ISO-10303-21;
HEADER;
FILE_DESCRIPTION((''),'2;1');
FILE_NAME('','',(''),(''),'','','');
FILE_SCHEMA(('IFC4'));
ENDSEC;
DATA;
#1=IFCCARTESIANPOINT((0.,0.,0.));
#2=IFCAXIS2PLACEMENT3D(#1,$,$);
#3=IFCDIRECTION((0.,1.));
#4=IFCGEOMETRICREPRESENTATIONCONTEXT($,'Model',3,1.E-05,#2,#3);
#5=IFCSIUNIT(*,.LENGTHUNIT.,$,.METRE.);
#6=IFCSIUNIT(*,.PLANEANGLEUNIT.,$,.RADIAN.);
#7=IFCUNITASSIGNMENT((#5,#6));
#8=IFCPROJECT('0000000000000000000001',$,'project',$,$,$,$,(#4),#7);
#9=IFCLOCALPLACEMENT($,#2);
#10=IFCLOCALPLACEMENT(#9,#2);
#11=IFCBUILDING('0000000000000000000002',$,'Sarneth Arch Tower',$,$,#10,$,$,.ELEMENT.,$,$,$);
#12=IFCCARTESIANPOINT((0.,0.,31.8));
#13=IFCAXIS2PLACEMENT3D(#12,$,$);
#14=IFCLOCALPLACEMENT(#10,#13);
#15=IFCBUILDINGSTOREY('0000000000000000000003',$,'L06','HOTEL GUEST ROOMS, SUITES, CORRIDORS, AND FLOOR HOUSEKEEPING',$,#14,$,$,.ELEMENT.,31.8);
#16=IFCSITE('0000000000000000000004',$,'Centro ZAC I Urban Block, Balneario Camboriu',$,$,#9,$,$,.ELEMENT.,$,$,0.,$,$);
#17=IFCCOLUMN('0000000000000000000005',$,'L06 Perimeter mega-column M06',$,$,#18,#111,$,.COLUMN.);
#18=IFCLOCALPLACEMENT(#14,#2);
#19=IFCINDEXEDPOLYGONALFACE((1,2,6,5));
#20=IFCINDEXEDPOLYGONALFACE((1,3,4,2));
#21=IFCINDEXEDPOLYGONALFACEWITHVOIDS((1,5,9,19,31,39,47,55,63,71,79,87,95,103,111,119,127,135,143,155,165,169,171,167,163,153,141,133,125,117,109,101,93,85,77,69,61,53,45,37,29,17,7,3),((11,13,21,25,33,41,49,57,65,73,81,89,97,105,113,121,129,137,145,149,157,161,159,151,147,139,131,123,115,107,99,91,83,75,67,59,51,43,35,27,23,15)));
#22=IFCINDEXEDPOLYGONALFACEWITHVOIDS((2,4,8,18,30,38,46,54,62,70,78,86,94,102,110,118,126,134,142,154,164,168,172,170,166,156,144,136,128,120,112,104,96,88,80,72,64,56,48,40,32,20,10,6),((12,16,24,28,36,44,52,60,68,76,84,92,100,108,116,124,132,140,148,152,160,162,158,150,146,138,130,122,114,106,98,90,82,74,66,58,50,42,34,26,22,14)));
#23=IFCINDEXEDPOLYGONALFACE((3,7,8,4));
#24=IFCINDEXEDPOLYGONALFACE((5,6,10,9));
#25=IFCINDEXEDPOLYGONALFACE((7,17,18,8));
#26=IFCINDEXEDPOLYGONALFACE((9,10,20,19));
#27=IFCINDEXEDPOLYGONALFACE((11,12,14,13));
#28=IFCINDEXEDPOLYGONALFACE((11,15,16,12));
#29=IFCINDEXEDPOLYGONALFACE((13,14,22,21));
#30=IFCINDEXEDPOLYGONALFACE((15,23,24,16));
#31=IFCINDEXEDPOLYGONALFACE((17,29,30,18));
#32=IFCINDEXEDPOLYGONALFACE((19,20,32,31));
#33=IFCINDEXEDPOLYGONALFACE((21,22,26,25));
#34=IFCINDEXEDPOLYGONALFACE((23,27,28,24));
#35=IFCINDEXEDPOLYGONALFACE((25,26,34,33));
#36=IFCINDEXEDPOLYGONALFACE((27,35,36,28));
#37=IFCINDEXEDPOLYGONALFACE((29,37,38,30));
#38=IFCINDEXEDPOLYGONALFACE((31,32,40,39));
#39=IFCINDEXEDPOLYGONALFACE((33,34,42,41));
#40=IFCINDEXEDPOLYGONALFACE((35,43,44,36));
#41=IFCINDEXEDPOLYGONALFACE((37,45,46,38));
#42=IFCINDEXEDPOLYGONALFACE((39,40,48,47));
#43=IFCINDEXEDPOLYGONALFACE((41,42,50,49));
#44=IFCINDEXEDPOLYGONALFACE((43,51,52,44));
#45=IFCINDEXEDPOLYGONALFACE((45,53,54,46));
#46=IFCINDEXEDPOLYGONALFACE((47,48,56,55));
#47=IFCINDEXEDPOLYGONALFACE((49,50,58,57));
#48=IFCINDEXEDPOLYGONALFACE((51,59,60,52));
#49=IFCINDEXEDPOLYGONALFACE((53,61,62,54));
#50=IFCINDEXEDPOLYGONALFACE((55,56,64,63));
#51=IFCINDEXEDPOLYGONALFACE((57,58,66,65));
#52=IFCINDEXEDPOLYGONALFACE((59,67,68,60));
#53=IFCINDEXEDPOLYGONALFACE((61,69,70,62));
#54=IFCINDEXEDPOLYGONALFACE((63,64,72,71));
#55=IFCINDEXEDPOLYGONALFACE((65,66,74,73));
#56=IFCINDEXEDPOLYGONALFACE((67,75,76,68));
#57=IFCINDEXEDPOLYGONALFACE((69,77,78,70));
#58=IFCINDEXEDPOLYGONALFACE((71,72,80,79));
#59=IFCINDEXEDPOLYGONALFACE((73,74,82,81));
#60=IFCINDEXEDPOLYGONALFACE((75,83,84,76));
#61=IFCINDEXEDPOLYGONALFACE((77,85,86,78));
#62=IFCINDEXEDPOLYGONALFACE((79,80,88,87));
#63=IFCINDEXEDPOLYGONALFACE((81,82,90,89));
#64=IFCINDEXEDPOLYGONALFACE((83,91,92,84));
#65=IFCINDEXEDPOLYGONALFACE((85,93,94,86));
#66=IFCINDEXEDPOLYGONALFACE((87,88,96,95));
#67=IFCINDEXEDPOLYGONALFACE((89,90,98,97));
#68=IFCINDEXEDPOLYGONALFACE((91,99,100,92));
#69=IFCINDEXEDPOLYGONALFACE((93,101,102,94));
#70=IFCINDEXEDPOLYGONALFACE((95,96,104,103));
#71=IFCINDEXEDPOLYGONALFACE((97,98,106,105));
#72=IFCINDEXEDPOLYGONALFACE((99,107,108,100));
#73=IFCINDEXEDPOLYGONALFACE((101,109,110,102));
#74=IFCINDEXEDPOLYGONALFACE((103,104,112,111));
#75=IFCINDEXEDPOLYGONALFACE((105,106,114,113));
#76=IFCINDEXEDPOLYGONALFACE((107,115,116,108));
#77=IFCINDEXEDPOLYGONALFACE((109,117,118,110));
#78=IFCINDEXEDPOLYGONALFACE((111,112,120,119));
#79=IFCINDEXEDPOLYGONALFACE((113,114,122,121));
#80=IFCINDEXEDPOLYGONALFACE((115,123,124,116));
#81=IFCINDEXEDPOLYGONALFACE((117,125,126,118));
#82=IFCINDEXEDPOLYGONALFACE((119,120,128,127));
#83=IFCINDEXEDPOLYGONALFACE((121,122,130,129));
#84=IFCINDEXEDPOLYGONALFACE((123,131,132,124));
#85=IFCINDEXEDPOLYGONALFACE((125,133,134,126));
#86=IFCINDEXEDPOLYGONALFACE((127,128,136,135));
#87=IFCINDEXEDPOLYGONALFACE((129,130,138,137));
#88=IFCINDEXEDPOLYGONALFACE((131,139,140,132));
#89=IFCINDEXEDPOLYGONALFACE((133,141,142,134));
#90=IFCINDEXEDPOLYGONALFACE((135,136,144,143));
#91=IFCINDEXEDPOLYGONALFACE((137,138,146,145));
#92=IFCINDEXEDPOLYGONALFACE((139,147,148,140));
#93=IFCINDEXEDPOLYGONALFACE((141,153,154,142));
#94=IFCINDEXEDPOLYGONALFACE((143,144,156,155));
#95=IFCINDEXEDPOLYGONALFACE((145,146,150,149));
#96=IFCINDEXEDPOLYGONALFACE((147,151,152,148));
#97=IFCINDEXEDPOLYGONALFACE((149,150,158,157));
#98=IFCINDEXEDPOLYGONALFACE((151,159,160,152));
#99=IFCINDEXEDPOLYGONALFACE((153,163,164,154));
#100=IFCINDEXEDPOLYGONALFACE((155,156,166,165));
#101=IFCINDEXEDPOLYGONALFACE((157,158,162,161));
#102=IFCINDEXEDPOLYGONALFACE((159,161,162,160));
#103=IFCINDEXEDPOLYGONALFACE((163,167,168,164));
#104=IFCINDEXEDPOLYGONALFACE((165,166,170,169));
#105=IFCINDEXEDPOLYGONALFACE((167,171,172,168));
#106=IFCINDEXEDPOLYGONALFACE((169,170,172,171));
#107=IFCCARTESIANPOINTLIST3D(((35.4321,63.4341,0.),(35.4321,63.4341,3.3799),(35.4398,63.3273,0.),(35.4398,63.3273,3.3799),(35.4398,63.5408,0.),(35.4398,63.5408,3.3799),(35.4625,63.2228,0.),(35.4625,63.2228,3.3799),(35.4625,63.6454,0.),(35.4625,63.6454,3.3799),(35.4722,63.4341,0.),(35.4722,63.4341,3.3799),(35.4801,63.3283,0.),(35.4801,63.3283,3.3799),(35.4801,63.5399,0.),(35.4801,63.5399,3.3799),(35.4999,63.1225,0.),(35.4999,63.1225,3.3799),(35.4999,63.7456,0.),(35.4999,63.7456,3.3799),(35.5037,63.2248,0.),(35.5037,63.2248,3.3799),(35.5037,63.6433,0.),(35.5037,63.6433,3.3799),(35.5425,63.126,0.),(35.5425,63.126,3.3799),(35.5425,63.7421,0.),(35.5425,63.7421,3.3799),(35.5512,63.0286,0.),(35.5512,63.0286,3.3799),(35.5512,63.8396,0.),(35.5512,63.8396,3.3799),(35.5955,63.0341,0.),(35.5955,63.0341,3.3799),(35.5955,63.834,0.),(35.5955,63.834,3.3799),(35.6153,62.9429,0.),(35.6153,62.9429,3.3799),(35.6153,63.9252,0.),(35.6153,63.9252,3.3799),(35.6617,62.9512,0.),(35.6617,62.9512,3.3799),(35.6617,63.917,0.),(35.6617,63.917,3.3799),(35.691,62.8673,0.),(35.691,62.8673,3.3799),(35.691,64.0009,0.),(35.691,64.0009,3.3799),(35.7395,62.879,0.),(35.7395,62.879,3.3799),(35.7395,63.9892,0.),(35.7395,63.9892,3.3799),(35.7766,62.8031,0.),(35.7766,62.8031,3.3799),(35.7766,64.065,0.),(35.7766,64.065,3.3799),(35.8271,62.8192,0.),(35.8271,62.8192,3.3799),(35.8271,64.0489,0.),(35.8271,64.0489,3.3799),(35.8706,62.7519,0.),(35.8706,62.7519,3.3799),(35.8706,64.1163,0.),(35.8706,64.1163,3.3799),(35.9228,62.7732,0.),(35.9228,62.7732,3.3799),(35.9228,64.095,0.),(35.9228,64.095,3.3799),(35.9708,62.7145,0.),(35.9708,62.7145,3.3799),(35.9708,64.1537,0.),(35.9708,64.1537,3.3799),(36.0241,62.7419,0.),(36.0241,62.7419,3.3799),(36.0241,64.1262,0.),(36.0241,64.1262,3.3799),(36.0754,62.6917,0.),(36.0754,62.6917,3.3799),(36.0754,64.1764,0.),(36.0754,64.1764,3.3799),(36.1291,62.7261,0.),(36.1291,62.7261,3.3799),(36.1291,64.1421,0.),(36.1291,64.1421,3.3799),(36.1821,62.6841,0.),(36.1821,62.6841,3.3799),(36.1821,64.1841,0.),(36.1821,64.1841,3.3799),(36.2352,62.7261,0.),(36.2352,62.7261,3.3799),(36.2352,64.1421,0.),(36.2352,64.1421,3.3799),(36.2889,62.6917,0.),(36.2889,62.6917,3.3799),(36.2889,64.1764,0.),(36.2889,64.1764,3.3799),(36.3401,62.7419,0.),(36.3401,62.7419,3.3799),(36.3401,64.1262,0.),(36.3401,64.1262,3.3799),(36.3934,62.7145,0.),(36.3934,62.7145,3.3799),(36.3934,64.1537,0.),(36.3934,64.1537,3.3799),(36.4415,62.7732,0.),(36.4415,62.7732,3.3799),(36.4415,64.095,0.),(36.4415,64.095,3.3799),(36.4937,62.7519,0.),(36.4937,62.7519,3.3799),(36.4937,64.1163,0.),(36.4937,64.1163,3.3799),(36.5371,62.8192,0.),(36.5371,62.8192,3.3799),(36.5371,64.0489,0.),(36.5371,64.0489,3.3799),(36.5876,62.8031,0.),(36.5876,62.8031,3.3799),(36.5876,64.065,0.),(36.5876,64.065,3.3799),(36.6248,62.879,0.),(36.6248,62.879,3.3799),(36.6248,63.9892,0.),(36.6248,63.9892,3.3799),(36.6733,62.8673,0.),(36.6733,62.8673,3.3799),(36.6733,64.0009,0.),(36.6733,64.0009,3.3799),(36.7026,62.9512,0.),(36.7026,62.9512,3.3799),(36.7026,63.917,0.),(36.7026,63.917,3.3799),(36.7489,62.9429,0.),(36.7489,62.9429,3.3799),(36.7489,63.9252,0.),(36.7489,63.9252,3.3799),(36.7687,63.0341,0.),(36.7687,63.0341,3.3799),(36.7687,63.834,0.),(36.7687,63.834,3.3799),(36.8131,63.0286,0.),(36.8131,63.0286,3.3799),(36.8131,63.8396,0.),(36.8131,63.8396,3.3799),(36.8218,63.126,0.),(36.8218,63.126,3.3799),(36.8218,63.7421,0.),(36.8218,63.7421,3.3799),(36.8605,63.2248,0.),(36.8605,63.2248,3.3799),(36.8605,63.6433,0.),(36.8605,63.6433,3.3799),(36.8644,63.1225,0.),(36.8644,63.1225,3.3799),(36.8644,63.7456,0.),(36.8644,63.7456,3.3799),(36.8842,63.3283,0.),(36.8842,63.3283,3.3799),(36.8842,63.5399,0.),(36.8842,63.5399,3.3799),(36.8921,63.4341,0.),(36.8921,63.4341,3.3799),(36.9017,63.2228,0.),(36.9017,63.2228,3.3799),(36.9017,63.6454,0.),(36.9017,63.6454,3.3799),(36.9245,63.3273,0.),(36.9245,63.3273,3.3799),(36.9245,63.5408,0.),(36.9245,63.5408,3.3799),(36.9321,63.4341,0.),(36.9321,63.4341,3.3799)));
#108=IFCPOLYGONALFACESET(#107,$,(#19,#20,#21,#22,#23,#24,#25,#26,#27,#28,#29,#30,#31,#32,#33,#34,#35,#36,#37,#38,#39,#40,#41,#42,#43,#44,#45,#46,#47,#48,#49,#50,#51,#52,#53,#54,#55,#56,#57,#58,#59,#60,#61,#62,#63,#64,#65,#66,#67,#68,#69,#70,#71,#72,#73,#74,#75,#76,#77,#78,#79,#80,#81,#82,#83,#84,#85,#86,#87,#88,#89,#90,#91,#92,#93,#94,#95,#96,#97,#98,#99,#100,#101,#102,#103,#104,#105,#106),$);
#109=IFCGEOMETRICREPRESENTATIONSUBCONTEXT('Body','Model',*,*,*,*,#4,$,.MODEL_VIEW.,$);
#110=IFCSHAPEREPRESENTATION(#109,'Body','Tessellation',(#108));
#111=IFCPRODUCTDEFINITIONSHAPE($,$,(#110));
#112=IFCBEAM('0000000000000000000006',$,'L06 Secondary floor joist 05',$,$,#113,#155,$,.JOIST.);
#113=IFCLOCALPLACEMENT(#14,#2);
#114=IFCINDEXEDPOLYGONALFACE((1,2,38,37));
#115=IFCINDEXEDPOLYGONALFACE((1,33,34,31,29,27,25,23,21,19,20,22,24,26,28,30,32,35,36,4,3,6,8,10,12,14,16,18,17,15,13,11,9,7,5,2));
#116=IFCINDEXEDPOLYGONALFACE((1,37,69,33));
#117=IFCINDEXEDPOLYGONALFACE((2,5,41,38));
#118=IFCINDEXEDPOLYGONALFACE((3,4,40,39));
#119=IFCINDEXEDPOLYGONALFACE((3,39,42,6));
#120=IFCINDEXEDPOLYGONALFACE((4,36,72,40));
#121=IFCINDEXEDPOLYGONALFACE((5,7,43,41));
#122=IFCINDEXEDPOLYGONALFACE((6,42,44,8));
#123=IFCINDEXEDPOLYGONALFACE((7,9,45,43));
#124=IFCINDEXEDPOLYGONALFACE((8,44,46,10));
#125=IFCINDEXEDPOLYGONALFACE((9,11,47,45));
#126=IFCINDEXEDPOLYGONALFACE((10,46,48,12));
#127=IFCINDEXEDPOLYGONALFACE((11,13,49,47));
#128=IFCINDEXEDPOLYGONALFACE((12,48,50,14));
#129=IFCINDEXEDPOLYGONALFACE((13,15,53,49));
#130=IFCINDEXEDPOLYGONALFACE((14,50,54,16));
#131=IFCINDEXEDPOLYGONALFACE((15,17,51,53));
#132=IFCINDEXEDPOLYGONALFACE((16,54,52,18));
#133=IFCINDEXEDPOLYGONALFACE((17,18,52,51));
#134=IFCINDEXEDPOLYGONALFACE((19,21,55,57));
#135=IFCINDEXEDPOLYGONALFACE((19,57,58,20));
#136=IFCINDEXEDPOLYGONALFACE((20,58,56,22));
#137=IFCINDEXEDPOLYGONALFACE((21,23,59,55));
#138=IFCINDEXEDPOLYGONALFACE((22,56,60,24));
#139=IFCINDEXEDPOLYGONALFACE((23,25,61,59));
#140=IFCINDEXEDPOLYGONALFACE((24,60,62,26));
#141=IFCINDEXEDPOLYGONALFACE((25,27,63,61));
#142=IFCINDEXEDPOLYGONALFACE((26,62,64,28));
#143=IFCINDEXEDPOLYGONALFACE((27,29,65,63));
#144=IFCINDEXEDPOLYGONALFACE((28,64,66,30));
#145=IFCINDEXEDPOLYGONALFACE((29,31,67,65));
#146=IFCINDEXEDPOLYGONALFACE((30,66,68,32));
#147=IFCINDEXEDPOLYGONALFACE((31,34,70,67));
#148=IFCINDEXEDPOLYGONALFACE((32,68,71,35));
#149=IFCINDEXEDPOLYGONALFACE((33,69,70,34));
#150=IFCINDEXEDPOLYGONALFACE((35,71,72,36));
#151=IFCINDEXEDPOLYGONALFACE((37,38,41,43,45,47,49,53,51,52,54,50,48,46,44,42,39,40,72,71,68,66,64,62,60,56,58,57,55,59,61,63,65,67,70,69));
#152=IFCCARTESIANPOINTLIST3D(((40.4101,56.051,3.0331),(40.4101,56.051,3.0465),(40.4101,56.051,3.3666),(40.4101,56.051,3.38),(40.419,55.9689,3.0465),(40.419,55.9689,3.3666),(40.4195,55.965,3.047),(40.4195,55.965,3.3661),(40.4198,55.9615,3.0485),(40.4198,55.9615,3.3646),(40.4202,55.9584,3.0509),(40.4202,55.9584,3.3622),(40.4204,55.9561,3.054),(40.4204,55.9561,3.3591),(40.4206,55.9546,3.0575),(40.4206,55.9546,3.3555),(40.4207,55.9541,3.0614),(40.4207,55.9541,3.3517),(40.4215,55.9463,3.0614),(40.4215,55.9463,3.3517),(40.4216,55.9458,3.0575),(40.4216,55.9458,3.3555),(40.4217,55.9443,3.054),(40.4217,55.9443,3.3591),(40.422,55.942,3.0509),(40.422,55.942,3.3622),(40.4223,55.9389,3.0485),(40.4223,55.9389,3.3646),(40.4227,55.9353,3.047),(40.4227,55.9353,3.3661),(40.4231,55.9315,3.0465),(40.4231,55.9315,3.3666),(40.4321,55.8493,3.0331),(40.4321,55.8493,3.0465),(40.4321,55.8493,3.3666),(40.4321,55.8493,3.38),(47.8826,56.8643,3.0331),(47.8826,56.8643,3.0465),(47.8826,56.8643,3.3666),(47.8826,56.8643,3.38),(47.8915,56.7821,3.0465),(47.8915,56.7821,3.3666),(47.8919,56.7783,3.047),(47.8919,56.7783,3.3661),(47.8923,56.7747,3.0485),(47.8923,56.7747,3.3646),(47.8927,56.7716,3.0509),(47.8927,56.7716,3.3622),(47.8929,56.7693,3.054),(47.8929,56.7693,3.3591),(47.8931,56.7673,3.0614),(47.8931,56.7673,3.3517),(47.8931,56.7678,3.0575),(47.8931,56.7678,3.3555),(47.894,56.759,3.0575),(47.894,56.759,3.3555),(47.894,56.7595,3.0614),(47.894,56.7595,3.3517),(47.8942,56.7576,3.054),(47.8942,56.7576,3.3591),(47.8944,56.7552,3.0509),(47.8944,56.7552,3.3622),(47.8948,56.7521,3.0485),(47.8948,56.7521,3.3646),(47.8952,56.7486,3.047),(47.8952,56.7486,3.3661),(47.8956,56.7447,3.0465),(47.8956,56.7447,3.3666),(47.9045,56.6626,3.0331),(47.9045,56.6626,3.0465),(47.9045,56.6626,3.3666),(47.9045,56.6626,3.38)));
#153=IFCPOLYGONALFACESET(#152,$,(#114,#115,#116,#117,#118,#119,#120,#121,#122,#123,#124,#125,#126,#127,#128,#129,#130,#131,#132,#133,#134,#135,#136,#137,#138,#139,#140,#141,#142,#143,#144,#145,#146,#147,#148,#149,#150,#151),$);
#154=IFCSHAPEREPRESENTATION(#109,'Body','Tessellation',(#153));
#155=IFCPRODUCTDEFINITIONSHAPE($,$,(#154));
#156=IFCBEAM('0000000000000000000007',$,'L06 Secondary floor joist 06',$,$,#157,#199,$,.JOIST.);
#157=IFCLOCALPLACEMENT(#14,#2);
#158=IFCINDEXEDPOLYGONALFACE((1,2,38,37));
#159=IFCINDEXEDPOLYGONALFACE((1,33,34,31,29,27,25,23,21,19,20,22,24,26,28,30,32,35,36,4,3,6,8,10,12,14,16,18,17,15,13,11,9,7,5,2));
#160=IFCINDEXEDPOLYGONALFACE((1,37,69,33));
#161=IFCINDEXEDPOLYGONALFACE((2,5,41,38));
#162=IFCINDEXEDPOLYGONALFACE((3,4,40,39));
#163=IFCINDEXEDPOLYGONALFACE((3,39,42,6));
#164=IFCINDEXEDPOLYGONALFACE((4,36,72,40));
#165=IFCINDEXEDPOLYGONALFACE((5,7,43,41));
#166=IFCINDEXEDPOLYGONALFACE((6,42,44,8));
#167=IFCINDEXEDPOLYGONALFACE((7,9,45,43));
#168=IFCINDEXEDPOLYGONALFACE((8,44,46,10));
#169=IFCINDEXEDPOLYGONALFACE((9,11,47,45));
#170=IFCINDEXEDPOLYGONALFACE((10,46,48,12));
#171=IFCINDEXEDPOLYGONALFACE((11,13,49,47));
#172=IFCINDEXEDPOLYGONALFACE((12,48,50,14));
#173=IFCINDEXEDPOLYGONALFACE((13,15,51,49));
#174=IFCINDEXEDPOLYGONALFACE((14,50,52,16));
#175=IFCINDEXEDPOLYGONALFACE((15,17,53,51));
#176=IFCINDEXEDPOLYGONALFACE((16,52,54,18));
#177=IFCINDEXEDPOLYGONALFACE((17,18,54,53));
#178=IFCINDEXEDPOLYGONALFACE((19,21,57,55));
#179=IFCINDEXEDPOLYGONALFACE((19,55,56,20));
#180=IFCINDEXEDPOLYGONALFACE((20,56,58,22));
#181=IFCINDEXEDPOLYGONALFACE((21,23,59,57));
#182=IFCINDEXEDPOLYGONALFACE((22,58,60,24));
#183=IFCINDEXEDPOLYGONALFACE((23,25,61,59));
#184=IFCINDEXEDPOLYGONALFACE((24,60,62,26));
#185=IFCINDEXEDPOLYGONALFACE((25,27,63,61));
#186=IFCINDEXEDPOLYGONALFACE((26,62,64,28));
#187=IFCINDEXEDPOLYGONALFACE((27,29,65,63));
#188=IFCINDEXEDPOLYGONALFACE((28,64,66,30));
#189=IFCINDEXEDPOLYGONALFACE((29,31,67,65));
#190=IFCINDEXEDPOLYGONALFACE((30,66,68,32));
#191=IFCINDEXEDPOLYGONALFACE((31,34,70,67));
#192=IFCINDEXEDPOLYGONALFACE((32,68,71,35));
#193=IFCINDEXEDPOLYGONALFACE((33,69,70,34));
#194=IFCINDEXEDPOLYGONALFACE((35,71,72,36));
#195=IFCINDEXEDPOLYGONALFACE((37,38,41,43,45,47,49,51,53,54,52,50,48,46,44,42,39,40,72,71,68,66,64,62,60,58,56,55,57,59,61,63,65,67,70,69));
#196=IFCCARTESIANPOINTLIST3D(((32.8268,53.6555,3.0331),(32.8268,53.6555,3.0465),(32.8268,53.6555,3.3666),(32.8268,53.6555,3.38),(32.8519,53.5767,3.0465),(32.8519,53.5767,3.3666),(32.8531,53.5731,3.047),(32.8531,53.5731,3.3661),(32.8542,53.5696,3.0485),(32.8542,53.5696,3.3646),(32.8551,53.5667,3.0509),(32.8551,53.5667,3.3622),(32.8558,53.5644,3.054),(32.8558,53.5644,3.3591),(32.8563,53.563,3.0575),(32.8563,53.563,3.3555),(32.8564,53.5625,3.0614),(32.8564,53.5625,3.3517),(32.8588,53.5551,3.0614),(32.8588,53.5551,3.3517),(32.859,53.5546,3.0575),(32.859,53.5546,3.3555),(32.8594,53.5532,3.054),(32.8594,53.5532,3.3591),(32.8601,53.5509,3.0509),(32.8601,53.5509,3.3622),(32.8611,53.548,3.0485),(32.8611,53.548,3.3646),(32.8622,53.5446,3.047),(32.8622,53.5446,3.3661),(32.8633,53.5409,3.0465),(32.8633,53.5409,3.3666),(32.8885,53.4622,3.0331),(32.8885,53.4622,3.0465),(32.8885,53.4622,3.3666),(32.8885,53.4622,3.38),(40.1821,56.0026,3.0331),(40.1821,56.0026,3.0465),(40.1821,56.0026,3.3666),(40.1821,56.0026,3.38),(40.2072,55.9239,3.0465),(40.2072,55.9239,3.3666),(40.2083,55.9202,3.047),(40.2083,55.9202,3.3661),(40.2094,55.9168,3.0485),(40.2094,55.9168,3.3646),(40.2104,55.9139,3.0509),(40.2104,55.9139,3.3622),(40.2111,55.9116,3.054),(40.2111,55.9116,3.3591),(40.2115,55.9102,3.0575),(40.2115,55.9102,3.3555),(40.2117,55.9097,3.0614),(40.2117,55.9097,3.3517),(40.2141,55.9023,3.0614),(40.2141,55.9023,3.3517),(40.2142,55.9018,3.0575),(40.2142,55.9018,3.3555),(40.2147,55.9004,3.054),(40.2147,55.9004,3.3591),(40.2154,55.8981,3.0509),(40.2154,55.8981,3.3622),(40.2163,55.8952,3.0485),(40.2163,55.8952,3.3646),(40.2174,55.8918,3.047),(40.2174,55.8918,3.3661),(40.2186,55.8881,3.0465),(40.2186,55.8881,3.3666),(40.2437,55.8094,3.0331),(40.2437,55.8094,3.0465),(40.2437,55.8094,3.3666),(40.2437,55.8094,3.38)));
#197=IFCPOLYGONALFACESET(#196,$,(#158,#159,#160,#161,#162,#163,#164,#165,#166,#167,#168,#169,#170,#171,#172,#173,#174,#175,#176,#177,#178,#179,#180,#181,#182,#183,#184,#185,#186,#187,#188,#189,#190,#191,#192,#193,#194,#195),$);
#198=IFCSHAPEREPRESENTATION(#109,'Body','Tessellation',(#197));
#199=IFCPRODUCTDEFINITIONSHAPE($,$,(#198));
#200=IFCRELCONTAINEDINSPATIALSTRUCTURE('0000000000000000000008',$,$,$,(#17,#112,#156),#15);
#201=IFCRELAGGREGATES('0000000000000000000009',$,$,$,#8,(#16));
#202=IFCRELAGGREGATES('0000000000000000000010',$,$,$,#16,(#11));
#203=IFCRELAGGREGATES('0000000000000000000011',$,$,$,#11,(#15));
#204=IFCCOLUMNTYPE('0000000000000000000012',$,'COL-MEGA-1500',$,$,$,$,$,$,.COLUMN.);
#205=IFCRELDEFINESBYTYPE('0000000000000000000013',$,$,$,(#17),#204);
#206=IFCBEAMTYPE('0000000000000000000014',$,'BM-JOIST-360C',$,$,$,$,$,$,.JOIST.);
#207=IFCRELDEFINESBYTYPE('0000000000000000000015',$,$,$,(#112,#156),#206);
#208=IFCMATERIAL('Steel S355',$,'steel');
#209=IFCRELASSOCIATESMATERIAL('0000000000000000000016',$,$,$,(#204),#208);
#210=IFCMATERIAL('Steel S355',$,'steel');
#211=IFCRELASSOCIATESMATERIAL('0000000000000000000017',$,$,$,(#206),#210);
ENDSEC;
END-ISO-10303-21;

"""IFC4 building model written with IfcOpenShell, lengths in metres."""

from ifc_helpers import new_model, si_unit, direction, frame, origin, origin_2d, place, context, subcontext, project, spatial, hollow_circle, i_section, extrude, material, material_profile, profile_set, type_object, element, save


model = new_model("IFC4")

# Units and contexts
model_context = context("Model", 3, precision=1e-05, world=origin(), true_north=direction((0.0, 1.0)))
body_context = subcontext(model_context, "Body", "Model", "MODEL_VIEW")
ifc_project = project(units=[si_unit("LENGTHUNIT", "METRE"), si_unit("PLANEANGLEUNIT", "RADIAN")], contexts=[model_context])

# Site, building, storey
site_placement = place(None, origin())
site = spatial("IfcSite", under=ifc_project, at=site_placement, Name="Centro ZAC I Urban Block, Balneario Camboriu", CompositionType="ELEMENT", RefElevation=0.0)
building_placement = place(site_placement, origin())
building = spatial("IfcBuilding", under=site, at=building_placement, Name="Sarneth Arch Tower", CompositionType="ELEMENT")
storey_placement = place(building_placement, frame((0.0, 0.0, 31.8)))
storey = spatial("IfcBuildingStorey", under=building, at=storey_placement, Name="L06", Description="HOTEL GUEST ROOMS, SUITES, CORRIDORS, AND FLOOR HOUSEKEEPING", CompositionType="ELEMENT", Elevation=31.8)

# Column
ifc_material_1 = material(Name="Steel S355", Category="steel")
ifc_material_profile_1 = material_profile(ifc_material_1, hollow_circle(Radius=0.75, WallThickness=0.04, at=origin_2d()), Name="CHS1500x40")
ifc_profile_set_1 = profile_set([ifc_material_profile_1], Name="Steel S355")
column_type = type_object("IfcColumnType", Name="COL-MEGA-1500", PredefinedType="COLUMN", material=ifc_profile_set_1)
column_placement = place(storey_placement, frame((36.1821, 63.4341, 0.0), z_axis=(0.0, 0.0, 1.0), x_axis=(1.0, 0.0, 0.0)))
element("IfcColumn", 1, at=column_placement, inside=storey, type_object=column_type, Name="L06 Perimeter mega-column M06", PredefinedType="COLUMN", context=body_context, shape_type="SweptSolid", body=[
    extrude(hollow_circle(Radius=0.75, WallThickness=0.04, at=origin_2d()), origin(), (0.0, 0.0, 1.0), 3.3799),
])

# Beams
ifc_material_2 = material(Name="Steel S355", Category="steel")
ifc_material_profile_2 = material_profile(ifc_material_2, i_section(OverallWidth=0.2029, OverallDepth=0.3469, WebThickness=0.0078, FlangeThickness=0.0134, FilletRadius=0.0149, at=origin_2d()), Name="W360x64")
ifc_profile_set_2 = profile_set([ifc_material_profile_2], Name="Steel S355")
beam_type_1 = type_object("IfcBeamType", Name="BM-JOIST-360C", PredefinedType="JOIST", material=ifc_profile_set_2)
beam_1_placement = place(storey_placement, frame((47.8936, 56.7634, 3.2065), z_axis=(-0.99413, -0.108192, 0.0), x_axis=(0.108192, -0.99413, 0.0)))
element("IfcBeam", 2, at=beam_1_placement, inside=storey, type_object=beam_type_1, Name="L06 Secondary floor joist 05", PredefinedType="JOIST", context=body_context, shape_type="SweptSolid", body=[
    extrude(i_section(OverallWidth=0.2029, OverallDepth=0.3469, WebThickness=0.0078, FlangeThickness=0.0134, FilletRadius=0.0149, at=origin_2d()), origin(), (0.0, 0.0, 1.0), 7.5166),
])
beam_2_placement = place(storey_placement, frame((40.2129, 55.906, 3.2065), z_axis=(-0.952668, -0.304011, 0.0), x_axis=(0.304011, -0.952668, 0.0)))
element("IfcBeam", 3, at=beam_2_placement, inside=storey, type_object=beam_type_1, Name="L06 Secondary floor joist 06", PredefinedType="JOIST", context=body_context, shape_type="SweptSolid", body=[
    extrude(i_section(OverallWidth=0.2029, OverallDepth=0.3469, WebThickness=0.0078, FlangeThickness=0.0134, FilletRadius=0.0149, at=origin_2d()), origin(), (0.0, 0.0, 1.0), 7.7207),
])

save(model, "model.ifc")
